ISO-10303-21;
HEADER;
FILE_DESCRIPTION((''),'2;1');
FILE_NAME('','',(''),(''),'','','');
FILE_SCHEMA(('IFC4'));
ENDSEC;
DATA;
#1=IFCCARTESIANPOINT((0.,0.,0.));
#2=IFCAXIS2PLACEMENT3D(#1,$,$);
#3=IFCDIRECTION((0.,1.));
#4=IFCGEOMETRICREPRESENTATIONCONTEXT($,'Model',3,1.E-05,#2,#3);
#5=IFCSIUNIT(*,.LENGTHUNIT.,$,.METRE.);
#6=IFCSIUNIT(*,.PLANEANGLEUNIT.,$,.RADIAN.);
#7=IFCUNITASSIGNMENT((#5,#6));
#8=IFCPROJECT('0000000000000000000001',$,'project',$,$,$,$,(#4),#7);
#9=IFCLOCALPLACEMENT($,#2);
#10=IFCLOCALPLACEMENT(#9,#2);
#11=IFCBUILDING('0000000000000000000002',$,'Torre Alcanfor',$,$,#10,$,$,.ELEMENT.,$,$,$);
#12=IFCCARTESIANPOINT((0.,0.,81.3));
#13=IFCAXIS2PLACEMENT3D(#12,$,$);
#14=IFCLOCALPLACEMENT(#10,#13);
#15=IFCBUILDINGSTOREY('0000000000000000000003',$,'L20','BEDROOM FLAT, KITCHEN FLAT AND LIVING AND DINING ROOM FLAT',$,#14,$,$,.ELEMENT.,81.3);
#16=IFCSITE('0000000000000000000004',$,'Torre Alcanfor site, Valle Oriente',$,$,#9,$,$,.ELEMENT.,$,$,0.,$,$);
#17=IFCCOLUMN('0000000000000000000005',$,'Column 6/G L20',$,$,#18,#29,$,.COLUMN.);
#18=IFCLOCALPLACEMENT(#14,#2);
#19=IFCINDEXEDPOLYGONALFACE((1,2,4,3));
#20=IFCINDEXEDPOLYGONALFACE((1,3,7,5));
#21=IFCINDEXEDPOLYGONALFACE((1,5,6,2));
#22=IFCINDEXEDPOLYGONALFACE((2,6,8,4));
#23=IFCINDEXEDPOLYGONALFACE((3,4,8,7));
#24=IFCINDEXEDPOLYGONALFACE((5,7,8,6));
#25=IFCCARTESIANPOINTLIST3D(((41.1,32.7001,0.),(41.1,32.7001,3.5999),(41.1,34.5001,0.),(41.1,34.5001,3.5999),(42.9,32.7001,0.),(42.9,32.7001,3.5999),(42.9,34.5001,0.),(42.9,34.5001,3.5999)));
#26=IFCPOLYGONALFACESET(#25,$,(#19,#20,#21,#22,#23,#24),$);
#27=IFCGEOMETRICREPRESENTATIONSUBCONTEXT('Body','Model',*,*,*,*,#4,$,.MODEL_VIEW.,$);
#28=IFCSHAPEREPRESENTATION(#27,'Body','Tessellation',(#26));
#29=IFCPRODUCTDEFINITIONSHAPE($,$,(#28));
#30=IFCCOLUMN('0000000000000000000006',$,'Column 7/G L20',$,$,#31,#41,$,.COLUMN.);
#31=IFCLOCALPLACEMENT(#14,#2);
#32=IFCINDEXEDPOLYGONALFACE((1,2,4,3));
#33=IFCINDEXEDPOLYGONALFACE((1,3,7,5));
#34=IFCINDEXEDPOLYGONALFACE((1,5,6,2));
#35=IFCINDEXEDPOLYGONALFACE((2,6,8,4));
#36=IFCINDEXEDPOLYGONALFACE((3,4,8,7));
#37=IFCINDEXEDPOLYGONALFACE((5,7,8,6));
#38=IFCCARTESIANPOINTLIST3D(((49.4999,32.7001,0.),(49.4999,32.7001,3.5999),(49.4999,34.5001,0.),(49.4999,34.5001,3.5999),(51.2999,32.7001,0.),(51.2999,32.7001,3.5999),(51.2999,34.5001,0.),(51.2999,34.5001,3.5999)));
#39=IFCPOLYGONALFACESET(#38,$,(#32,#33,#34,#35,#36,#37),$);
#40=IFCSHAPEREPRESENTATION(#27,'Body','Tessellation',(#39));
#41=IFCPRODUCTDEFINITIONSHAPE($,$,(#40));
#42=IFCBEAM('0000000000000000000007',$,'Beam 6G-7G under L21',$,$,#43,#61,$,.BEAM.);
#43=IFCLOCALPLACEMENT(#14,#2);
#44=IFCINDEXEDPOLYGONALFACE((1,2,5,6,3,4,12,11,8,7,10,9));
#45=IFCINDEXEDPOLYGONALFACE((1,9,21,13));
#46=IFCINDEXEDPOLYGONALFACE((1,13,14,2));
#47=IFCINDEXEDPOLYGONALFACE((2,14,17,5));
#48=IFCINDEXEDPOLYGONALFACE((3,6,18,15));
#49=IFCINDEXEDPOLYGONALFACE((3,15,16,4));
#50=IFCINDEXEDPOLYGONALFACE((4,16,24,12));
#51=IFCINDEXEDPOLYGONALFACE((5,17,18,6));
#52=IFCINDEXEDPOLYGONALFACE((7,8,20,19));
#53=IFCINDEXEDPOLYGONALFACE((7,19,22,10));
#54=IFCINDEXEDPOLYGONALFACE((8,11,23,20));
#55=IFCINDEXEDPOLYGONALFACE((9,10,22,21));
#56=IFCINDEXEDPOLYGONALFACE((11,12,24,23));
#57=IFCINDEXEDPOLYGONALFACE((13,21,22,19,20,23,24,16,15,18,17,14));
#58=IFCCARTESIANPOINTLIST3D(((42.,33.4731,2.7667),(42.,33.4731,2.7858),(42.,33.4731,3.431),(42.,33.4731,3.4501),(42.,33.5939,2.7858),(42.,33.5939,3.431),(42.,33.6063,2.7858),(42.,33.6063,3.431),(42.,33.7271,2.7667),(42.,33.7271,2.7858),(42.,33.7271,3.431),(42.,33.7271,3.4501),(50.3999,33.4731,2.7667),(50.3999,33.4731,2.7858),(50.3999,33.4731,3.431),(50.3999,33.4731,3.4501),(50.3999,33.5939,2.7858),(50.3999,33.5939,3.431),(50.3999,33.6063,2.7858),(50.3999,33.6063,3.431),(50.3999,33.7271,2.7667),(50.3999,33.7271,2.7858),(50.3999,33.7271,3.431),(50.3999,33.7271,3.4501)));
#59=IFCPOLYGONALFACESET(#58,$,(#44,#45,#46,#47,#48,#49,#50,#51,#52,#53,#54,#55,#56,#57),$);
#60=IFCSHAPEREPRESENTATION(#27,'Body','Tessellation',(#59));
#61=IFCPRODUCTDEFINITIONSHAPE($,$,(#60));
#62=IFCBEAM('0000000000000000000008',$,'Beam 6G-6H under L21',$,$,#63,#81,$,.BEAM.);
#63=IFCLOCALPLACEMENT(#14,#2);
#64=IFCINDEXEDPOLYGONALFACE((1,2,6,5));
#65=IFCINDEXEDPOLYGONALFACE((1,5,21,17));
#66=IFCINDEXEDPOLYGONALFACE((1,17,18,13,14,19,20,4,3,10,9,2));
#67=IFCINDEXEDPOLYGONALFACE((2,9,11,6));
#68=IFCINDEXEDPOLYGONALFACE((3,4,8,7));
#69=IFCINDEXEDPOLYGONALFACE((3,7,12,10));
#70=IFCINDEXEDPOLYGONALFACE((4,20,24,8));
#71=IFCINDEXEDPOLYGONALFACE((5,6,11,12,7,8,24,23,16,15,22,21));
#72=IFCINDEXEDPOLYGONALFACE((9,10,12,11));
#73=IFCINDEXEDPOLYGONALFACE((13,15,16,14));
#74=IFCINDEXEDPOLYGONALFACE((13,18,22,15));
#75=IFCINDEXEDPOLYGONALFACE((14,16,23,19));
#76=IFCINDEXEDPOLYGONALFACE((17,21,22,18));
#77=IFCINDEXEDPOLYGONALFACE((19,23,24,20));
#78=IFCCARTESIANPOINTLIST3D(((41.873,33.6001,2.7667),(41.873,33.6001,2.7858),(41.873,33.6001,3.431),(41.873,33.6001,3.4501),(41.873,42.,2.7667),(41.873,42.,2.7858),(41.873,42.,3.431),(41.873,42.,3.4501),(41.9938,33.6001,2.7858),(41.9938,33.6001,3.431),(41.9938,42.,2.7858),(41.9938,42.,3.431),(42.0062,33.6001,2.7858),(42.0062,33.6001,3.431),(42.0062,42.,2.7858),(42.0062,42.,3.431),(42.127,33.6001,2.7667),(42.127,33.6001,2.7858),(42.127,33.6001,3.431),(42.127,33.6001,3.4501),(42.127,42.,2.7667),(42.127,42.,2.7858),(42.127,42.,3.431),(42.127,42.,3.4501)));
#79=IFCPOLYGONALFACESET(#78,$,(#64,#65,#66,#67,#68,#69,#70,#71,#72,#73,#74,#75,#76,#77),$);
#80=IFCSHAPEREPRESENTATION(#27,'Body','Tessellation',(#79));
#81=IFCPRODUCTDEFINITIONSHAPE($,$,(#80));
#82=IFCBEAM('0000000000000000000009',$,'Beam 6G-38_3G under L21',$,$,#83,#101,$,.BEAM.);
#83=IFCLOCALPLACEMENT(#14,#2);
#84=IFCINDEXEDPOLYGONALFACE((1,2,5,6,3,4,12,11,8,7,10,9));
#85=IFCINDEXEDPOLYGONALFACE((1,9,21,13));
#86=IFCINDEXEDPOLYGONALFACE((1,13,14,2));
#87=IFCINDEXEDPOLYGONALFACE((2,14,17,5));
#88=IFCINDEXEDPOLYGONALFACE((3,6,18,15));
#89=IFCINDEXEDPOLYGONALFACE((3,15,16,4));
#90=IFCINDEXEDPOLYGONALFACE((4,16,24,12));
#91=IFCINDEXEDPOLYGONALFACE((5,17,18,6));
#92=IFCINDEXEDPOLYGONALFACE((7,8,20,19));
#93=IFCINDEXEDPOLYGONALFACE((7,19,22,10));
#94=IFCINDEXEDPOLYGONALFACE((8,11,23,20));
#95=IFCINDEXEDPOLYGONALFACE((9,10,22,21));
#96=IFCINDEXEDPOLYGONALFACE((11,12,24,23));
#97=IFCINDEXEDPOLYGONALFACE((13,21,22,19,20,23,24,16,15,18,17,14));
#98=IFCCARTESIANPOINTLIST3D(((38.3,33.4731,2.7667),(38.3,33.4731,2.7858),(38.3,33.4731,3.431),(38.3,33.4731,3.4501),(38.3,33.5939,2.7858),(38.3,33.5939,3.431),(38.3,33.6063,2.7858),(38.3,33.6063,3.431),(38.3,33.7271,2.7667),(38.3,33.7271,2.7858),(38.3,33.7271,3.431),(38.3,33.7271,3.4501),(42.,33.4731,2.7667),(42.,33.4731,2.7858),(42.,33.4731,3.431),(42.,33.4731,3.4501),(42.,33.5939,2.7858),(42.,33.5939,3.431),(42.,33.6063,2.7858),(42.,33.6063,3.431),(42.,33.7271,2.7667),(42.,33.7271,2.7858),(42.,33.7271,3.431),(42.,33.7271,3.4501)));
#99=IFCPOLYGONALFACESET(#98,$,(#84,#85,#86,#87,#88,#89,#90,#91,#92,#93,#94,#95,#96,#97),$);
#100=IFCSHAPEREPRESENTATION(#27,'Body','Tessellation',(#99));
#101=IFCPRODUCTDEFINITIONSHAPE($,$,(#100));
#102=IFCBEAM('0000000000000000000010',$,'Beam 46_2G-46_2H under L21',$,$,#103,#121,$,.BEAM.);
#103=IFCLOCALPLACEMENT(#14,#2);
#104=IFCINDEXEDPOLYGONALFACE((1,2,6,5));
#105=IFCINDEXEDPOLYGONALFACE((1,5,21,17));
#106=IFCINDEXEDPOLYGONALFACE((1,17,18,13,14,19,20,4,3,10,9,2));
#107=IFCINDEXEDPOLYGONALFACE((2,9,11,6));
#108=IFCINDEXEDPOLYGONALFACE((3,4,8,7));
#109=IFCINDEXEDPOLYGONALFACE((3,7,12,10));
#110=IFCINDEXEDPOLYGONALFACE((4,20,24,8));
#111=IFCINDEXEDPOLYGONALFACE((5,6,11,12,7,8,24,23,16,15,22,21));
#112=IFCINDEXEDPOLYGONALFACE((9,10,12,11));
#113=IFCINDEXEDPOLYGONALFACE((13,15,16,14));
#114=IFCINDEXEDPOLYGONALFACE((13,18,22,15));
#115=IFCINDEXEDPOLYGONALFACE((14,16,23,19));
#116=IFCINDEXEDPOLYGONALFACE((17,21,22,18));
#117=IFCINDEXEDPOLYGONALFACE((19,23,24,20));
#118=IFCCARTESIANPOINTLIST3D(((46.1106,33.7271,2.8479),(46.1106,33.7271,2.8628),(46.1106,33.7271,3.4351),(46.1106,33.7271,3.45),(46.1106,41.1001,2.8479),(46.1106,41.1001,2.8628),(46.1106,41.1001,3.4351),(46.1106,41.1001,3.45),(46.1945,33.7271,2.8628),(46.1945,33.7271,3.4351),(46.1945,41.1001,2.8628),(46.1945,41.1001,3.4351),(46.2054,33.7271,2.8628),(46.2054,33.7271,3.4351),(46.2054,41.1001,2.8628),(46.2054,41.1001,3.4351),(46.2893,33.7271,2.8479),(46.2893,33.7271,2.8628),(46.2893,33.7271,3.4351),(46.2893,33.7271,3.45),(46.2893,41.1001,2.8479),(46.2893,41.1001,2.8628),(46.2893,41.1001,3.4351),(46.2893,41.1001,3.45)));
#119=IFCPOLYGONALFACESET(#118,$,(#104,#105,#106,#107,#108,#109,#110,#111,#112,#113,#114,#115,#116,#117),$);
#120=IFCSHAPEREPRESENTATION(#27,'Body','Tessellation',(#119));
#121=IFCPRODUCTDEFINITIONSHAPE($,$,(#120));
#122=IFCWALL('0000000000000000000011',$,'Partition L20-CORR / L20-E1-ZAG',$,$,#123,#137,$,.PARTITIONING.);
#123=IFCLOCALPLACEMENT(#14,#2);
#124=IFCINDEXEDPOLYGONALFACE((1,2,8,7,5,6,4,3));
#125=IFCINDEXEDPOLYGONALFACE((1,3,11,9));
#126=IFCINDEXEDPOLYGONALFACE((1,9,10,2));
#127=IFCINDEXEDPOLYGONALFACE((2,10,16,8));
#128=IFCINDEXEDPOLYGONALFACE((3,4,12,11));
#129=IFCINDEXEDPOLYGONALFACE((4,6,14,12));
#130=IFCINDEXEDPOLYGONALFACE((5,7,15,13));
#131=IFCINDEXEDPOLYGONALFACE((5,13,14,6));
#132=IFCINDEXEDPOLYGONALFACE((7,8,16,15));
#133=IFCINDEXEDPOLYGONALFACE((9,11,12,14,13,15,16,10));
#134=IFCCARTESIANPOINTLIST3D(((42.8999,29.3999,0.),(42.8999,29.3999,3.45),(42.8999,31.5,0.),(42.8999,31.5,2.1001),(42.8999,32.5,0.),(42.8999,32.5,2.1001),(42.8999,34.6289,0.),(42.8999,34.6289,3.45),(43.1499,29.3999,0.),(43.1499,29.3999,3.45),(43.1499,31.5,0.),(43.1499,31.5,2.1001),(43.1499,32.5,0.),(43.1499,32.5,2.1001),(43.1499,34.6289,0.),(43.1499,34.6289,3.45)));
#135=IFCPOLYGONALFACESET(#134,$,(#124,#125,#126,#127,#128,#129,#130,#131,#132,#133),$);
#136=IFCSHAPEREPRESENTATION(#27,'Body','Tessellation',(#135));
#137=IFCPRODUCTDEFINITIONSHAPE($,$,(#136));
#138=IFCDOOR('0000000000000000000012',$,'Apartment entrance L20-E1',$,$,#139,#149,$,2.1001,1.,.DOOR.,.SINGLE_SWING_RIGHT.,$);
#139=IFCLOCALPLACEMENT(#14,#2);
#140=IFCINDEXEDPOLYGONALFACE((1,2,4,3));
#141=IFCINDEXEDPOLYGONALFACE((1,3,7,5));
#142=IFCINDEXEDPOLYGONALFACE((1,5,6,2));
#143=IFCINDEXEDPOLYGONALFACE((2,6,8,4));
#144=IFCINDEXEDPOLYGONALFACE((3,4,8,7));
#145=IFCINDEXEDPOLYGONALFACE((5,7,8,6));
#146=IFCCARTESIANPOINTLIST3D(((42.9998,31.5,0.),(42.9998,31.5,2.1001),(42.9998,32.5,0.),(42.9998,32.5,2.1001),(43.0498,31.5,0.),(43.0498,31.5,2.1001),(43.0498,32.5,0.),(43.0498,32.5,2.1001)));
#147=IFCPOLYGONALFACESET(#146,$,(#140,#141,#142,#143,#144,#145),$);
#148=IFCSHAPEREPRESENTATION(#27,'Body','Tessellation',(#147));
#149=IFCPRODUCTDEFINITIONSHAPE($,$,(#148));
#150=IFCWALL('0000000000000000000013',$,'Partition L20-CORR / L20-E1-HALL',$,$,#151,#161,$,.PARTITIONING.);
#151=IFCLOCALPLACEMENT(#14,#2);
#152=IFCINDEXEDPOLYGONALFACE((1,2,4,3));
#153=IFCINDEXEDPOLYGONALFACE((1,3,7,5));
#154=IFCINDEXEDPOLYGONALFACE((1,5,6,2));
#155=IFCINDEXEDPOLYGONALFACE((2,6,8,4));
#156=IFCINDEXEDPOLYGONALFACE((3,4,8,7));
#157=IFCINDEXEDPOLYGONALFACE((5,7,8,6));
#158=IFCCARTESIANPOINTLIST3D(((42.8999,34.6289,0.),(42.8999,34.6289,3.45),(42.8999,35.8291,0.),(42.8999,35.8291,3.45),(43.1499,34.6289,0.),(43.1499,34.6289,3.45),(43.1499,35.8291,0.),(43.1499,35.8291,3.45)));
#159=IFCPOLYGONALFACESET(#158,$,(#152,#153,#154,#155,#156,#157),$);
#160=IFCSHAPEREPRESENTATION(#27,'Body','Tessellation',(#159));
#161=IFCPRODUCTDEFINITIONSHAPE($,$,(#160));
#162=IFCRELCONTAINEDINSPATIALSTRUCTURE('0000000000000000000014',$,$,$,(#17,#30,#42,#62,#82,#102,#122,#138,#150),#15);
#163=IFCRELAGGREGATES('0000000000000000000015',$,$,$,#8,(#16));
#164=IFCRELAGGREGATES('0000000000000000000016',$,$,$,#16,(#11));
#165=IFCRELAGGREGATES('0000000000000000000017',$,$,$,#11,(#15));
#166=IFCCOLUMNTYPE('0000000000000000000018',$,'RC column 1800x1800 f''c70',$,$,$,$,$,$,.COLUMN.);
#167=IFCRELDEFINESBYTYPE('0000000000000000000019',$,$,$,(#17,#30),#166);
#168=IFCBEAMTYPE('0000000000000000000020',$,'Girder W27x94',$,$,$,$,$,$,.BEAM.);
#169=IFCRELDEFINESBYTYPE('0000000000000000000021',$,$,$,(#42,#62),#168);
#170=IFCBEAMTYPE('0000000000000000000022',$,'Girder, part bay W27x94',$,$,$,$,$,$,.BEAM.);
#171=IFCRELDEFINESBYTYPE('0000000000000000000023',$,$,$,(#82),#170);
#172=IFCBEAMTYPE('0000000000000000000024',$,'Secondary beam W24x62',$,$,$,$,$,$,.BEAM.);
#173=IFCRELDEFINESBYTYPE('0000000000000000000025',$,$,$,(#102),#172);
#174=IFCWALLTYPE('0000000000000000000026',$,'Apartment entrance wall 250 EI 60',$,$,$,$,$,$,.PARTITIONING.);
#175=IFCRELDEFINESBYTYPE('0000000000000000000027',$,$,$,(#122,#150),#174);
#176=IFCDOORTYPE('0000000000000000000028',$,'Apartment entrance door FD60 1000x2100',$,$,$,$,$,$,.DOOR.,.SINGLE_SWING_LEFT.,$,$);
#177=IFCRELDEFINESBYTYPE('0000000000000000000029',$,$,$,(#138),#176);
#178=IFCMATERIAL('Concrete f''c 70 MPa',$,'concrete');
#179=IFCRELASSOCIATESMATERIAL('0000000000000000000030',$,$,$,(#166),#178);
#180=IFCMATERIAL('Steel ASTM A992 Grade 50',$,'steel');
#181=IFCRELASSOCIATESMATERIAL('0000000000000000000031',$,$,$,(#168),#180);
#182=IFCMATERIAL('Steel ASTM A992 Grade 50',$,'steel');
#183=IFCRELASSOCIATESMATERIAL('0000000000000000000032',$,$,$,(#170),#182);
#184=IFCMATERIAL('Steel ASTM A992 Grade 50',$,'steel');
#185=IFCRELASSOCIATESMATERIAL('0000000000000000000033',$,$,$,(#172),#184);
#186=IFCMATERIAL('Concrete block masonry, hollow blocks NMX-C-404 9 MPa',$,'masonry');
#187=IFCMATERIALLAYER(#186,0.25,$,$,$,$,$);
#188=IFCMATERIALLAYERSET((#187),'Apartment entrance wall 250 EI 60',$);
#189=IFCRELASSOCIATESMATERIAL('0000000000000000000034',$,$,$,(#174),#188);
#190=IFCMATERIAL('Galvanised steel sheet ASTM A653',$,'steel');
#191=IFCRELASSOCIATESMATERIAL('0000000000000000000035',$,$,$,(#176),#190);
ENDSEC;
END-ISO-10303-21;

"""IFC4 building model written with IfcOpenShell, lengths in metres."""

from ifc_helpers import new_model, si_unit, direction, frame, frame_2d, origin, origin_2d, place, context, subcontext, project, spatial, rectangle, i_section, extrude, material, layer, layer_set, material_profile, profile_set, type_object, element, fill, save


model = new_model("IFC4")

# Units and contexts
model_context = context("Model", 3, precision=1e-05, world=origin(), true_north=direction((0.0, 1.0)))
body_context = subcontext(model_context, "Body", "Model", "MODEL_VIEW")
ifc_project = project(units=[si_unit("LENGTHUNIT", "METRE"), si_unit("PLANEANGLEUNIT", "RADIAN")], contexts=[model_context])

# Site, building, storey
site_placement = place(None, origin())
site = spatial("IfcSite", under=ifc_project, at=site_placement, Name="Torre Alcanfor site, Valle Oriente", CompositionType="ELEMENT", RefElevation=0.0)
building_placement = place(site_placement, origin())
building = spatial("IfcBuilding", under=site, at=building_placement, Name="Torre Alcanfor", CompositionType="ELEMENT")
storey_placement = place(building_placement, frame((0.0, 0.0, 81.3)))
storey = spatial("IfcBuildingStorey", under=building, at=storey_placement, Name="L20", Description="BEDROOM FLAT, KITCHEN FLAT AND LIVING AND DINING ROOM FLAT", CompositionType="ELEMENT", Elevation=81.3)

# Columns
ifc_material_1 = material(Name="Concrete f'c 70 MPa", Category="concrete")
ifc_material_profile_1 = material_profile(ifc_material_1, rectangle(XDim=1.8, YDim=1.8, at=origin_2d()), Name="1800x1800")
ifc_profile_set_1 = profile_set([ifc_material_profile_1], Name="Concrete f'c 70 MPa")
column_type = type_object("IfcColumnType", Name="RC column 1800x1800 f'c70", PredefinedType="COLUMN", material=ifc_profile_set_1)
for number, where, z_axis, x_axis, name in (
    (1, (42.0, 33.6001, 0.0), (0.0, 0.0, 1.0), (1.0, 0.0, 0.0), "Column 6/G L20"),
    (2, (50.3999, 33.6001, 0.0), (0.0, 0.0, 1.0), (1.0, 0.0, 0.0), "Column 7/G L20"),
):
    element("IfcColumn", number, at=place(storey_placement, frame(where, z_axis=z_axis, x_axis=x_axis)), inside=storey, type_object=column_type, Name=name, PredefinedType="COLUMN", context=body_context, shape_type="SweptSolid", body=[
        extrude(rectangle(XDim=1.8, YDim=1.8, at=origin_2d()), origin(), (0.0, 0.0, 1.0), 3.5999),
    ])

# Beams
ifc_material_2 = material(Name="Steel ASTM A992 Grade 50", Category="steel")
ifc_material_profile_2 = material_profile(ifc_material_2, i_section(OverallWidth=0.2539, OverallDepth=0.6833, WebThickness=0.0125, FlangeThickness=0.019, at=origin_2d()), Name="W27x94")
ifc_profile_set_2 = profile_set([ifc_material_profile_2], Name="Steel ASTM A992 Grade 50")
beam_type_1 = type_object("IfcBeamType", Name="Girder W27x94", PredefinedType="BEAM", material=ifc_profile_set_2)
for number, where, z_axis, x_axis, name in (
    (3, (42.0, 33.6001, 3.1084), (1.0, 0.0, 0.0), (0.0, 1.0, 0.0), "Beam 6G-7G under L21"),
    (4, (42.0, 33.6001, 3.1084), (0.0, 1.0, 0.0), (-1.0, 0.0, 0.0), "Beam 6G-6H under L21"),
):
    element("IfcBeam", number, at=place(storey_placement, frame(where, z_axis=z_axis, x_axis=x_axis)), inside=storey, type_object=beam_type_1, Name=name, PredefinedType="BEAM", context=body_context, shape_type="SweptSolid", body=[
        extrude(i_section(OverallWidth=0.2539, OverallDepth=0.6833, WebThickness=0.0125, FlangeThickness=0.019, at=origin_2d()), origin(), (0.0, 0.0, 1.0), 8.3999),
    ])
ifc_material_3 = material(Name="Steel ASTM A992 Grade 50", Category="steel")
ifc_material_profile_3 = material_profile(ifc_material_3, i_section(OverallWidth=0.2539, OverallDepth=0.6833, WebThickness=0.0125, FlangeThickness=0.019, at=origin_2d()), Name="W27x94")
ifc_profile_set_3 = profile_set([ifc_material_profile_3], Name="Steel ASTM A992 Grade 50")
beam_type_2 = type_object("IfcBeamType", Name="Girder, part bay W27x94", PredefinedType="BEAM", material=ifc_profile_set_3)
beam_1_placement = place(storey_placement, frame((42.0, 33.6001, 3.1084), z_axis=(-1.0, 0.0, 0.0), x_axis=(0.0, -1.0, 0.0)))
element("IfcBeam", 5, at=beam_1_placement, inside=storey, type_object=beam_type_2, Name="Beam 6G-38_3G under L21", PredefinedType="BEAM", context=body_context, shape_type="SweptSolid", body=[
    extrude(i_section(OverallWidth=0.2539, OverallDepth=0.6833, WebThickness=0.0125, FlangeThickness=0.019, at=origin_2d()), origin(), (0.0, 0.0, 1.0), 3.7),
])
ifc_material_4 = material(Name="Steel ASTM A992 Grade 50", Category="steel")
ifc_material_profile_4 = material_profile(ifc_material_4, i_section(OverallWidth=0.1787, OverallDepth=0.6021, WebThickness=0.011, FlangeThickness=0.0149, at=origin_2d()), Name="W24x62")
ifc_profile_set_4 = profile_set([ifc_material_profile_4], Name="Steel ASTM A992 Grade 50")
beam_type_3 = type_object("IfcBeamType", Name="Secondary beam W24x62", PredefinedType="BEAM", material=ifc_profile_set_4)
beam_2_placement = place(storey_placement, frame((46.2, 33.7271, 3.1489), z_axis=(0.0, 1.0, 0.0), x_axis=(-1.0, 0.0, 0.0)))
element("IfcBeam", 6, at=beam_2_placement, inside=storey, type_object=beam_type_3, Name="Beam 46_2G-46_2H under L21", PredefinedType="BEAM", context=body_context, shape_type="SweptSolid", body=[
    extrude(i_section(OverallWidth=0.1787, OverallDepth=0.6021, WebThickness=0.011, FlangeThickness=0.0149, at=origin_2d()), origin(), (0.0, 0.0, 1.0), 7.373),
])

# Wall, opening, door
ifc_material_5 = material(Name="Concrete block masonry, hollow blocks NMX-C-404 9 MPa", Category="masonry")
ifc_layer_1 = layer(ifc_material_5, 0.25)
ifc_layer_set_1 = layer_set([ifc_layer_1], Name="Apartment entrance wall 250 EI 60")
wall_type_1 = type_object("IfcWallType", Name="Apartment entrance wall 250 EI 60", PredefinedType="PARTITIONING", material=ifc_layer_set_1)
wall_1_placement = place(storey_placement, frame((43.0249, 34.6289, 0.0), z_axis=(0.0, 0.0, 1.0), x_axis=(0.0, -1.0, 0.0)))
wall_1 = element("IfcWall", 7, at=wall_1_placement, inside=storey, type_object=wall_type_1, Name="Partition L20-CORR / L20-E1-ZAG", PredefinedType="PARTITIONING", context=body_context, shape_type="SweptSolid", body=[
    extrude(rectangle(XDim=5.229, YDim=0.25, at=frame_2d((2.6145, 0.0))), origin(), (0.0, 0.0, 1.0), 3.45),
])
opening_1_placement = place(wall_1_placement, frame((2.1289, 0.0, 0.0)))
opening_1 = element("IfcOpeningElement", 8, at=opening_1_placement, cuts=wall_1, PredefinedType="OPENING", context=body_context, shape_type="SweptSolid", body=[
    extrude(rectangle(XDim=1.0, YDim=2.1001, at=frame_2d((0.5, 1.05))), frame((0.0, 0.135, 0.0), z_axis=(0.0, -1.0, 0.0), x_axis=(1.0, 0.0, 0.0)), (0.0, 0.0, 1.0), 0.27),
])
ifc_material_6 = material(Name="Galvanised steel sheet ASTM A653", Category="steel")
door_type_1 = type_object("IfcDoorType", Name="Apartment entrance door FD60 1000x2100", OperationType="SINGLE_SWING_LEFT", PredefinedType="DOOR", material=ifc_material_6)
door_1_placement = place(opening_1_placement, origin())
door_1 = element("IfcDoor", 9, at=door_1_placement, inside=storey, type_object=door_type_1, Name="Apartment entrance L20-E1", OperationType="SINGLE_SWING_RIGHT", OverallHeight=2.1001, OverallWidth=1.0, PredefinedType="DOOR", context=body_context, shape_type="SweptSolid", body=[
    extrude(rectangle(XDim=1.0, YDim=2.1001, at=frame_2d((0.5, 1.05))), frame((0.0, 0.0249, 0.0), z_axis=(0.0, -1.0, 0.0), x_axis=(1.0, 0.0, 0.0)), (0.0, 0.0, 1.0), 0.05),
])
fill(opening_1, door_1)

# Wall
wall_2_placement = place(storey_placement, frame((43.0249, 35.8291, 0.0), z_axis=(0.0, 0.0, 1.0), x_axis=(0.0, -1.0, 0.0)))
element("IfcWall", 10, at=wall_2_placement, inside=storey, type_object=wall_type_1, Name="Partition L20-CORR / L20-E1-HALL", PredefinedType="PARTITIONING", context=body_context, shape_type="SweptSolid", body=[
    extrude(rectangle(XDim=1.2002, YDim=0.25, at=frame_2d((0.6001, 0.0))), origin(), (0.0, 0.0, 1.0), 3.45),
])

save(model, "model.ifc")
